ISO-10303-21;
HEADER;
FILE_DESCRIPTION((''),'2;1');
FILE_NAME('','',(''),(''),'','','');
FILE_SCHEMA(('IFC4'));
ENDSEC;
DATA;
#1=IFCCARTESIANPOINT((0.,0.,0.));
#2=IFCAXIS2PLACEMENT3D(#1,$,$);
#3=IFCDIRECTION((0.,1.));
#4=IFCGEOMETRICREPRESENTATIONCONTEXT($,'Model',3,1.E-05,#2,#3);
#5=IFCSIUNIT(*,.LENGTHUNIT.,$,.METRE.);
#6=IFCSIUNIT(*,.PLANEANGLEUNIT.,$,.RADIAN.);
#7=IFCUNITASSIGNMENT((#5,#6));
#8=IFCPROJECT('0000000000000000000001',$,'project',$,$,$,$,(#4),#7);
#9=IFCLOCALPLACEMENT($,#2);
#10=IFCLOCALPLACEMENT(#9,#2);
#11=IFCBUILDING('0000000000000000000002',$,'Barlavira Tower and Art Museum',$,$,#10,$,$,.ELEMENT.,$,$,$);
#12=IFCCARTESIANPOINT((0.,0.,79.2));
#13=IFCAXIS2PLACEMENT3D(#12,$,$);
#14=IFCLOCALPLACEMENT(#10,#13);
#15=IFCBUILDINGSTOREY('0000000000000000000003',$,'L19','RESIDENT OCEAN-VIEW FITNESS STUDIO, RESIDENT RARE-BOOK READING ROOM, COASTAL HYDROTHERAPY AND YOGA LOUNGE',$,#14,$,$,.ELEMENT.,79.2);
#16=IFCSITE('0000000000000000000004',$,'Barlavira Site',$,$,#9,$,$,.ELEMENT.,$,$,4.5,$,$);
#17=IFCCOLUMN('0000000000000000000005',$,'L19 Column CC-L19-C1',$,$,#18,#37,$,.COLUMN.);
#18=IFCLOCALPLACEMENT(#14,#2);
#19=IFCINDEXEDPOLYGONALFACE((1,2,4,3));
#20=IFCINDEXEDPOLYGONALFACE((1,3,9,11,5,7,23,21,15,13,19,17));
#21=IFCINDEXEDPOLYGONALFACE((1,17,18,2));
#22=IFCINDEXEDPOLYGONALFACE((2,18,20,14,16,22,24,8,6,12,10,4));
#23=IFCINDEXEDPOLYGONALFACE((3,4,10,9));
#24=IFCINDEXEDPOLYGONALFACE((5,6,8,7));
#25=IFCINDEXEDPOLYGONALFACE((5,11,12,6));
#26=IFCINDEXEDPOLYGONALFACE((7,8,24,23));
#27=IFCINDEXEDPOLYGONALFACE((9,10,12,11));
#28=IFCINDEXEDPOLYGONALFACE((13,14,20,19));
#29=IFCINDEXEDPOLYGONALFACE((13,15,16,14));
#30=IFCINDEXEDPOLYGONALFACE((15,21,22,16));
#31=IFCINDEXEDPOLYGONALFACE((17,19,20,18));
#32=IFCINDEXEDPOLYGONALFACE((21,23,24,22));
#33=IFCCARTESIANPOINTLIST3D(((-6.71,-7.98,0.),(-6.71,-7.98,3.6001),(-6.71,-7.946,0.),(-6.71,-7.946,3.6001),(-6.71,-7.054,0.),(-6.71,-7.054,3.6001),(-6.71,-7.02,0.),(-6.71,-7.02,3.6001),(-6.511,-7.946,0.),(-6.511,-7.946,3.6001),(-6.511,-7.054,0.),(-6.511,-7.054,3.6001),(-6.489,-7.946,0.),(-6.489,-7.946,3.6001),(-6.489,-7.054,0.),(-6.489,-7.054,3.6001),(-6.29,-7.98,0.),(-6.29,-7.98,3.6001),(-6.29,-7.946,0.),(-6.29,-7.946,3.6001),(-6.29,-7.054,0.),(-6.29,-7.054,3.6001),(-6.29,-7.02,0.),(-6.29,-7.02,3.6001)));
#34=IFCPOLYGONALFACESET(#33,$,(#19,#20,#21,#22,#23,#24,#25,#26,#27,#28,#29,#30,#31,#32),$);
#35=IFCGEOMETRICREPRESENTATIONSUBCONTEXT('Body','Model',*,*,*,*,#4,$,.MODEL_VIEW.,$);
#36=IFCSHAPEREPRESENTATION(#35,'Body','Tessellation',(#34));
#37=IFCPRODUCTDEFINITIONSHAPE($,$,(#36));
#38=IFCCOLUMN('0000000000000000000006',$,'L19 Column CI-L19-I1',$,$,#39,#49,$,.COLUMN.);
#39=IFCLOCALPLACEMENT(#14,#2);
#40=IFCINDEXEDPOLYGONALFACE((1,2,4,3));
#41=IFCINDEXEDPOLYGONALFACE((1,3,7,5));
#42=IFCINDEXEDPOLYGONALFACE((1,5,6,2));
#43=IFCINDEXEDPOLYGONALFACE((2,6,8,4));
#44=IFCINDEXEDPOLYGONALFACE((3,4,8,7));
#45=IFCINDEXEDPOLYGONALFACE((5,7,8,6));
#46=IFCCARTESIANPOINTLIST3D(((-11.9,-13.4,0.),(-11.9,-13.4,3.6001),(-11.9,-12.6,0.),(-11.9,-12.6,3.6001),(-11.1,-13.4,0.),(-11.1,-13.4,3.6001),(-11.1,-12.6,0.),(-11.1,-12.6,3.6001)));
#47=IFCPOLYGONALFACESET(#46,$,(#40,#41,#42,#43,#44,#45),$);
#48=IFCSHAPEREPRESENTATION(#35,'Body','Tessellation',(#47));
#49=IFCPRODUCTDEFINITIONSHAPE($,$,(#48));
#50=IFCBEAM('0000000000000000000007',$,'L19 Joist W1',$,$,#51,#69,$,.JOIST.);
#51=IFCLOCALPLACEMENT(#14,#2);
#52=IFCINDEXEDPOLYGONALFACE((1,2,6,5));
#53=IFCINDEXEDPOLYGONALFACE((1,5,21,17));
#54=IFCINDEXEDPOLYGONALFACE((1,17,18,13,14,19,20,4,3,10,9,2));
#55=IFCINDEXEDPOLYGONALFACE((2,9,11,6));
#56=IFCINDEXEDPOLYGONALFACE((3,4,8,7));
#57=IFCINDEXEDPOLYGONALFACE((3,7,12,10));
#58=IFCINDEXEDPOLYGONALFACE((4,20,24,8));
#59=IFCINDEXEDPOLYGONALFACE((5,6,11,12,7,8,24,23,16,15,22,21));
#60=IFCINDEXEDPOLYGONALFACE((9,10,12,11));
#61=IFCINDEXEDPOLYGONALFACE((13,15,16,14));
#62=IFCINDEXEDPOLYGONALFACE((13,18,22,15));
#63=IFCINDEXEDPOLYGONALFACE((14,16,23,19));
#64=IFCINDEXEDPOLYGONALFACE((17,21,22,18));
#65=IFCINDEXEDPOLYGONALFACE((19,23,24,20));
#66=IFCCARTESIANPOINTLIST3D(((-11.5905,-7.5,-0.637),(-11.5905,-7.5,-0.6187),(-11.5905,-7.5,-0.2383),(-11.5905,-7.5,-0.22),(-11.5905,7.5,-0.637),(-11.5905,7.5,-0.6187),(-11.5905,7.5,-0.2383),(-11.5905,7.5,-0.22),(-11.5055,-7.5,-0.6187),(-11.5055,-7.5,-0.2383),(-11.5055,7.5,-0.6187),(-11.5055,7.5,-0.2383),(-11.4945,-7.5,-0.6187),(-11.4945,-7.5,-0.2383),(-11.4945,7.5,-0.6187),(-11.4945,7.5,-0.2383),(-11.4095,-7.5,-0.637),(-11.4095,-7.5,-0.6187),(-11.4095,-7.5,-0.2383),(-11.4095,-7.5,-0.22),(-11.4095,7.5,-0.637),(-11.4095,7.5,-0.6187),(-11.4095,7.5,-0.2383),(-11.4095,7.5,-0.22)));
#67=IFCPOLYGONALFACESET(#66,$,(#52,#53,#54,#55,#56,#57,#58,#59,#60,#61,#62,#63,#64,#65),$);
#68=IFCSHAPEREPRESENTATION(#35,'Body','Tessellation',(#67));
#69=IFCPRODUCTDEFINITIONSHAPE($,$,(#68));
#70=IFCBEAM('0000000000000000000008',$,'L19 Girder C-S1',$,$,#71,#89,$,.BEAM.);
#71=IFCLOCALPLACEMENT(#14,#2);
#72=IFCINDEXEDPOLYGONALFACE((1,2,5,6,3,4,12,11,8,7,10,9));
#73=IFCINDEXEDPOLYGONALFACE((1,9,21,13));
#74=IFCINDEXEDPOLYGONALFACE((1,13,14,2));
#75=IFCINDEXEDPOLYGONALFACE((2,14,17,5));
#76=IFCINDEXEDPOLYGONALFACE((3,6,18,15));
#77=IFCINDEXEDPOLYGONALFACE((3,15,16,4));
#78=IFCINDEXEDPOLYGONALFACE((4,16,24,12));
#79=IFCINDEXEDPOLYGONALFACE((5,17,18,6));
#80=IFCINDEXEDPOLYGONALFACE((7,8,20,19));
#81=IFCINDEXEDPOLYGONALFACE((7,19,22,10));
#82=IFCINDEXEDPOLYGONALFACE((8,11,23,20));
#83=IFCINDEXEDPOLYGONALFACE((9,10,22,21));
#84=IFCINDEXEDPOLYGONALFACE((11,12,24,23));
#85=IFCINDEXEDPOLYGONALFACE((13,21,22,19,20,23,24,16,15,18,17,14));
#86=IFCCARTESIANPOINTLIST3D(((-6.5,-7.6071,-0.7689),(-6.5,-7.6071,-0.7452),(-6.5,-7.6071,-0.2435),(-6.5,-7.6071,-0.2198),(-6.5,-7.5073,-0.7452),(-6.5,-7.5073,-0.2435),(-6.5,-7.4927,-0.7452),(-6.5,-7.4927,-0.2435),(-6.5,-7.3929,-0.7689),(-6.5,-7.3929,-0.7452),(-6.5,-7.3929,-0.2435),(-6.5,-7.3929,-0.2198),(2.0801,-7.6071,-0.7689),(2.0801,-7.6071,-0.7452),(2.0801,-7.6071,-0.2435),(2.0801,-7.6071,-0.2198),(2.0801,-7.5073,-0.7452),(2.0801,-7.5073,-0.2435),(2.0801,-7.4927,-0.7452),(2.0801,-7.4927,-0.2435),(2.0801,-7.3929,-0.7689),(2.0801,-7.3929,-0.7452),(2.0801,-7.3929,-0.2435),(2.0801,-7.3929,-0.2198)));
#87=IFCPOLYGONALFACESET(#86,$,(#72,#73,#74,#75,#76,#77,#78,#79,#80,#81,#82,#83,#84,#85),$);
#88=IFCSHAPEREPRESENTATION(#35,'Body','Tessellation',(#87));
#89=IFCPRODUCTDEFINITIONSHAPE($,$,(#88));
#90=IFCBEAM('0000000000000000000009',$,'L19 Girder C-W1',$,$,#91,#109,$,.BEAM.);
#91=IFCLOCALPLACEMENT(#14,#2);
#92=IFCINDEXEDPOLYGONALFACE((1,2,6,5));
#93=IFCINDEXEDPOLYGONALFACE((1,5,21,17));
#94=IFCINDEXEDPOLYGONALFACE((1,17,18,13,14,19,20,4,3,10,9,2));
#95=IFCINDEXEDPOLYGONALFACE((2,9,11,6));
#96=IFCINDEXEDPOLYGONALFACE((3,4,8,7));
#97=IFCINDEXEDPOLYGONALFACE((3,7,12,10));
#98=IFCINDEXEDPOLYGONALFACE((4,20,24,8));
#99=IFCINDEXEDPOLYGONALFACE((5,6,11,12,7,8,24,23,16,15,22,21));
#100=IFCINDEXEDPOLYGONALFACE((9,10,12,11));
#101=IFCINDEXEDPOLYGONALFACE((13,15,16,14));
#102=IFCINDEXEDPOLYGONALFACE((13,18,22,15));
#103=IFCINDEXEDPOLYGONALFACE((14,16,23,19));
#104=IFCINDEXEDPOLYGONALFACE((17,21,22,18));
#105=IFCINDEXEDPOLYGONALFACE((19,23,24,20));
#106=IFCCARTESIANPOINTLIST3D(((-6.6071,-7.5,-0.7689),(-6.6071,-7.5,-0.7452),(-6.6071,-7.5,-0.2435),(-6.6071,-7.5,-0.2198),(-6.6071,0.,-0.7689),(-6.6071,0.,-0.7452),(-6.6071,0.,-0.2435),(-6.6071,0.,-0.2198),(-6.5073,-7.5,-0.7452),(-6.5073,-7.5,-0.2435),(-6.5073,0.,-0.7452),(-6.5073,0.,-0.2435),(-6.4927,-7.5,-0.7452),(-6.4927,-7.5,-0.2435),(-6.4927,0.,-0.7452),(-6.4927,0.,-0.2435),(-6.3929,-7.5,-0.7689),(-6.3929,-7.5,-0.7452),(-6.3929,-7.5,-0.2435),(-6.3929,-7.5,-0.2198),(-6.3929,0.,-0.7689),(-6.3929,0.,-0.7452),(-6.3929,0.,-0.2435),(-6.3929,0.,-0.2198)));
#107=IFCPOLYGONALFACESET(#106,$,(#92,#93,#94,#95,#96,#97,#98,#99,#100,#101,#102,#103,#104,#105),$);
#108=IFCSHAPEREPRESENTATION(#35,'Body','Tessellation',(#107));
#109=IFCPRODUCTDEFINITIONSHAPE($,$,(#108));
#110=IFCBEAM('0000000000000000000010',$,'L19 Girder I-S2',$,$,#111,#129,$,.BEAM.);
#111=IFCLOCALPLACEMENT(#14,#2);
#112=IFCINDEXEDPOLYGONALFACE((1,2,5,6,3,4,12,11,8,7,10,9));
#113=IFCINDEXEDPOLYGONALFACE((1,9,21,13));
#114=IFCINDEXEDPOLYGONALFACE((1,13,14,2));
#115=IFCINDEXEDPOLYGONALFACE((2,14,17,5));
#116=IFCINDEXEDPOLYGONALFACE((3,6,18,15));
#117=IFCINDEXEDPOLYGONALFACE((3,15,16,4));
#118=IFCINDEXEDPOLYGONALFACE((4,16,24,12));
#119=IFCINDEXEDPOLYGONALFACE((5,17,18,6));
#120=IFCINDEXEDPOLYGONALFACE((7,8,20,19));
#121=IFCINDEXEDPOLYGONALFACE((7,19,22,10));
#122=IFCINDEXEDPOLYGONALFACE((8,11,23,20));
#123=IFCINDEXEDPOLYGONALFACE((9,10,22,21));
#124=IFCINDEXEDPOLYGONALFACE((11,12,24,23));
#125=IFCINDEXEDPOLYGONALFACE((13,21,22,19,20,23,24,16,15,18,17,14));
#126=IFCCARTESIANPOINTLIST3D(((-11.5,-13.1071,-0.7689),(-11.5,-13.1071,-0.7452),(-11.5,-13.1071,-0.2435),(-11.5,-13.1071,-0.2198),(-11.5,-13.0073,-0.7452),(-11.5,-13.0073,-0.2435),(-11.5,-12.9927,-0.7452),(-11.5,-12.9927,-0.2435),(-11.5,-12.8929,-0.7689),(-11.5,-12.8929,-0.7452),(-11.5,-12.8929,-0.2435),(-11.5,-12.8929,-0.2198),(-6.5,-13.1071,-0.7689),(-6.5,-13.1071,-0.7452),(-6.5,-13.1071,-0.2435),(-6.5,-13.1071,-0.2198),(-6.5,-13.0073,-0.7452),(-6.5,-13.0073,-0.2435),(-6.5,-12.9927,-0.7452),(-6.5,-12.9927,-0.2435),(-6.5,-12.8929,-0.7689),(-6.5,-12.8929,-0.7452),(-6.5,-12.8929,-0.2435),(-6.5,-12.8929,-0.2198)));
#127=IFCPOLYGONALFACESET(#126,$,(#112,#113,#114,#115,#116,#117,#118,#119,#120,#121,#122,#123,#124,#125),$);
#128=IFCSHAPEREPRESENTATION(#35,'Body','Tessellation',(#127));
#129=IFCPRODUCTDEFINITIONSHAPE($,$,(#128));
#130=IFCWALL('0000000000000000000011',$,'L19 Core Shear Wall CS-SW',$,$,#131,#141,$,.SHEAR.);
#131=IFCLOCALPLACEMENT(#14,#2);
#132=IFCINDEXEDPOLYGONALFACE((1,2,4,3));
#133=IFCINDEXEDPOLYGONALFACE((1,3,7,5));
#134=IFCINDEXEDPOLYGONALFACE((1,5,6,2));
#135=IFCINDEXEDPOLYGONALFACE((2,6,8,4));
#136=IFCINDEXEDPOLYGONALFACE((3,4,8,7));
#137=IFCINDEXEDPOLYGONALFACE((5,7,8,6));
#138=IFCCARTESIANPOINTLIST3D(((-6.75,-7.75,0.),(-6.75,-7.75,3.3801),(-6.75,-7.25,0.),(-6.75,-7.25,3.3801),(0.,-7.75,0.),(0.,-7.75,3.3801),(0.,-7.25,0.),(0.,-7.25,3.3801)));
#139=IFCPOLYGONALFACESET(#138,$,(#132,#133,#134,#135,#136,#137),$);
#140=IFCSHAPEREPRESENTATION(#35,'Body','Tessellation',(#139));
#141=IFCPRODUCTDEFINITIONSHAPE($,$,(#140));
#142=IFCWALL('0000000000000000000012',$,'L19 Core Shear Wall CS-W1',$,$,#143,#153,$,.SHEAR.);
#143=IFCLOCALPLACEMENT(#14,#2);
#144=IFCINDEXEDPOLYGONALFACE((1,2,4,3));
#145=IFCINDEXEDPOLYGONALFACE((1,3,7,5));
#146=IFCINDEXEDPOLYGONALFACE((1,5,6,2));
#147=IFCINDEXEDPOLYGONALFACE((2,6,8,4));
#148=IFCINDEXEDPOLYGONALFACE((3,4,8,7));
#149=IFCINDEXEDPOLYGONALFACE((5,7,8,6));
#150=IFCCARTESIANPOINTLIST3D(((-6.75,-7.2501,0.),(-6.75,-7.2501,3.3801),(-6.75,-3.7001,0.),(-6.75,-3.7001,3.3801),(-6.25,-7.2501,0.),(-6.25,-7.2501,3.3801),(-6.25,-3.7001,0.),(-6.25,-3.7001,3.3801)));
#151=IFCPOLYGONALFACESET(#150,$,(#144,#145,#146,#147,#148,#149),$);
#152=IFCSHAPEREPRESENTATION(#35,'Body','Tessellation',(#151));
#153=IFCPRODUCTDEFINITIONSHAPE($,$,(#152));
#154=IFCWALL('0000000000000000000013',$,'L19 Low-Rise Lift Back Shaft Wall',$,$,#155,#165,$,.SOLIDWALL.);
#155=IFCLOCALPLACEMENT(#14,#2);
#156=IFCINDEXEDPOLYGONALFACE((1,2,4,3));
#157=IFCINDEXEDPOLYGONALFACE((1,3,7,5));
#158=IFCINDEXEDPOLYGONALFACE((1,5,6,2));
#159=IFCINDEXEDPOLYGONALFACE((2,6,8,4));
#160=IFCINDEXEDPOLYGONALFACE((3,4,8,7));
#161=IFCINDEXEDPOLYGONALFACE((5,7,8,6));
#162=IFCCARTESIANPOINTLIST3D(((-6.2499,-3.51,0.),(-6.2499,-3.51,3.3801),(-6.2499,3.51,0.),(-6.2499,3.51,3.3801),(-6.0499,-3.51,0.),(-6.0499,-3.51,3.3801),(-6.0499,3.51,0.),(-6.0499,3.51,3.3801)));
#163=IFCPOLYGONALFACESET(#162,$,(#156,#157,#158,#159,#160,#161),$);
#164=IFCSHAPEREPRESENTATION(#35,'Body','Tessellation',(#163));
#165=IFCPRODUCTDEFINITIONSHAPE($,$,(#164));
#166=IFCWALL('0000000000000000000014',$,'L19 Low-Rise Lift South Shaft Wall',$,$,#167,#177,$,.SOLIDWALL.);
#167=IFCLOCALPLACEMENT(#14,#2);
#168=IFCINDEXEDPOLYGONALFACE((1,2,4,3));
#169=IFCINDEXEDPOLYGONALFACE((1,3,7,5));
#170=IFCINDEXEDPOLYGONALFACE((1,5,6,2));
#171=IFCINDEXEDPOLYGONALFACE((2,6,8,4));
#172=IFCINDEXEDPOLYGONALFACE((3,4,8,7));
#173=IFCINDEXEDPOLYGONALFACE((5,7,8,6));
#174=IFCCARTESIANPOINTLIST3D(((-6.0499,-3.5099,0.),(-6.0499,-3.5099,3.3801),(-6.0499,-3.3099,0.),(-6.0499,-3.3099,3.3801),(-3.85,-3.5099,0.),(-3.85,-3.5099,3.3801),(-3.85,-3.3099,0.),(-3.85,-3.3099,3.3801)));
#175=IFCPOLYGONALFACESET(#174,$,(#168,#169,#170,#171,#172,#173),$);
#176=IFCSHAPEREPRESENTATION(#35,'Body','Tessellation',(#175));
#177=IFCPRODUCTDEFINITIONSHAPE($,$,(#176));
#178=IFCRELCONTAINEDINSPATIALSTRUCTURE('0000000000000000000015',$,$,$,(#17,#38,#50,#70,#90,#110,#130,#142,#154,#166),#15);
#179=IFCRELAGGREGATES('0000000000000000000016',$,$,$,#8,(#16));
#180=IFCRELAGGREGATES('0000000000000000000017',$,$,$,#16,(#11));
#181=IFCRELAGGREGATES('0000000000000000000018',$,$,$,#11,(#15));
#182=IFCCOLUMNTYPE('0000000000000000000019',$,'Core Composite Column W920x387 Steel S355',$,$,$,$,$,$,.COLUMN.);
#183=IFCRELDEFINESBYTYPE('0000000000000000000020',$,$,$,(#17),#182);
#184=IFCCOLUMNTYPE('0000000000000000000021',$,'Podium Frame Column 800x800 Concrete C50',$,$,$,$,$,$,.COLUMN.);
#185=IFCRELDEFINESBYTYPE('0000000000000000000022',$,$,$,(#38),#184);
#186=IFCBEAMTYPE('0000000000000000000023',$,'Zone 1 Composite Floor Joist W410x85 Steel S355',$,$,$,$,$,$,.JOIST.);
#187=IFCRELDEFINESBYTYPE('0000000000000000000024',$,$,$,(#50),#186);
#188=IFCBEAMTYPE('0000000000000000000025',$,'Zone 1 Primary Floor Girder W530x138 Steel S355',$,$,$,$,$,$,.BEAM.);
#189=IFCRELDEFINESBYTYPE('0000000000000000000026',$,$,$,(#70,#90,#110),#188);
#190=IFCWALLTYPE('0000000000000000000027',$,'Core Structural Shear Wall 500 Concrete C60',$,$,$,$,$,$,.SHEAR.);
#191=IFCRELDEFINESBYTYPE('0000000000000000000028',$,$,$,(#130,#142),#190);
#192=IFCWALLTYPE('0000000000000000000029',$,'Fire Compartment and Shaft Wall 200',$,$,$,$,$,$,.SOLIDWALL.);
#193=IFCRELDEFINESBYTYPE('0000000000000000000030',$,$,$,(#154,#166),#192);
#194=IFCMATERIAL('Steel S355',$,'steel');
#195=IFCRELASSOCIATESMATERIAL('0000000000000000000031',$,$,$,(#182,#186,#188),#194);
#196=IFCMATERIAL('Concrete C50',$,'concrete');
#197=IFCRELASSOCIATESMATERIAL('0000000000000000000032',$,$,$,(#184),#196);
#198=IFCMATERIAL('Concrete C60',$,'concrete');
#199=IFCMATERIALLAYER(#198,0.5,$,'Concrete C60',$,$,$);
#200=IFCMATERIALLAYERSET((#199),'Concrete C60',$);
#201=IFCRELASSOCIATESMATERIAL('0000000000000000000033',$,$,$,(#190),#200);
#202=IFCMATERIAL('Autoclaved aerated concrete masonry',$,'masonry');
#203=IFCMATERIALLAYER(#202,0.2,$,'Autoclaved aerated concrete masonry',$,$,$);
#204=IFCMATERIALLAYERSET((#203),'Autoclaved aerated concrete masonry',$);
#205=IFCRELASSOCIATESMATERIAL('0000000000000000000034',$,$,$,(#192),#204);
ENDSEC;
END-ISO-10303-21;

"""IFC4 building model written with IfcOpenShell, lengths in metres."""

from ifc_helpers import new_model, si_unit, direction, frame, frame_2d, origin, origin_2d, place, context, subcontext, project, spatial, rectangle, i_section, extrude, material, layer, layer_set, material_profile, profile_set, type_object, element, save


model = new_model("IFC4")

# Units and contexts
model_context = context("Model", 3, precision=1e-05, world=origin(), true_north=direction((0.0, 1.0)))
body_context = subcontext(model_context, "Body", "Model", "MODEL_VIEW")
ifc_project = project(units=[si_unit("LENGTHUNIT", "METRE"), si_unit("PLANEANGLEUNIT", "RADIAN")], contexts=[model_context])

# Site, building, storey
site_placement = place(None, origin())
site = spatial("IfcSite", under=ifc_project, at=site_placement, Name="Barlavira Site", CompositionType="ELEMENT", RefElevation=4.5)
building_placement = place(site_placement, origin())
building = spatial("IfcBuilding", under=site, at=building_placement, Name="Barlavira Tower and Art Museum", CompositionType="ELEMENT")
storey_placement = place(building_placement, frame((0.0, 0.0, 79.2)))
storey = spatial("IfcBuildingStorey", under=building, at=storey_placement, Name="L19", Description="RESIDENT OCEAN-VIEW FITNESS STUDIO, RESIDENT RARE-BOOK READING ROOM, COASTAL HYDROTHERAPY AND YOGA LOUNGE", CompositionType="ELEMENT", Elevation=79.2)

# Columns
ifc_material_1 = material(Name="Steel S355", Category="steel")
ifc_material_profile_1 = material_profile(ifc_material_1, i_section(OverallWidth=0.4199, OverallDepth=0.96, WebThickness=0.022, FlangeThickness=0.0339, at=origin_2d()), Name="W920x387.0")
ifc_profile_set_1 = profile_set([ifc_material_profile_1], Name="Steel S355")
column_type_1 = type_object("IfcColumnType", Name="Core Composite Column W920x387 Steel S355", PredefinedType="COLUMN", material=ifc_profile_set_1)
column_1_placement = place(storey_placement, frame((-6.5, -7.5, 0.0), z_axis=(0.0, 0.0, 1.0), x_axis=(1.0, 0.0, 0.0)))
element("IfcColumn", 1, at=column_1_placement, inside=storey, type_object=column_type_1, Name="L19 Column CC-L19-C1", PredefinedType="COLUMN", context=body_context, shape_type="SweptSolid", body=[
    extrude(i_section(OverallWidth=0.4199, OverallDepth=0.96, WebThickness=0.022, FlangeThickness=0.0339, at=origin_2d()), origin(), (0.0, 0.0, 1.0), 3.6001),
])
ifc_material_2 = material(Name="Concrete C50", Category="concrete")
ifc_material_profile_2 = material_profile(ifc_material_2, rectangle(XDim=0.8, YDim=0.8, at=origin_2d()), Name="RC-COL 800x800")
ifc_profile_set_2 = profile_set([ifc_material_profile_2], Name="Concrete C50")
column_type_2 = type_object("IfcColumnType", Name="Podium Frame Column 800x800 Concrete C50", PredefinedType="COLUMN", material=ifc_profile_set_2)
column_2_placement = place(storey_placement, frame((-11.5, -13.0, 0.0), z_axis=(0.0, 0.0, 1.0), x_axis=(1.0, 0.0, 0.0)))
element("IfcColumn", 2, at=column_2_placement, inside=storey, type_object=column_type_2, Name="L19 Column CI-L19-I1", PredefinedType="COLUMN", context=body_context, shape_type="SweptSolid", body=[
    extrude(rectangle(XDim=0.8, YDim=0.8, at=origin_2d()), origin(), (0.0, 0.0, 1.0), 3.6001),
])

# Beams
ifc_material_profile_3 = material_profile(ifc_material_1, i_section(OverallWidth=0.1809, OverallDepth=0.417, WebThickness=0.011, FlangeThickness=0.0183, at=origin_2d()), Name="W410x85.0")
ifc_profile_set_3 = profile_set([ifc_material_profile_3], Name="Steel S355")
beam_type_1 = type_object("IfcBeamType", Name="Zone 1 Composite Floor Joist W410x85 Steel S355", PredefinedType="JOIST", material=ifc_profile_set_3)
beam_1_placement = place(storey_placement, frame((-11.5, -7.5, -0.4285), z_axis=(0.0, 1.0, 0.0), x_axis=(-1.0, 0.0, 0.0)))
element("IfcBeam", 3, at=beam_1_placement, inside=storey, type_object=beam_type_1, Name="L19 Joist W1", PredefinedType="JOIST", context=body_context, shape_type="SweptSolid", body=[
    extrude(i_section(OverallWidth=0.1809, OverallDepth=0.417, WebThickness=0.011, FlangeThickness=0.0183, at=origin_2d()), origin(), (0.0, 0.0, 1.0), 15.0),
])
ifc_material_profile_4 = material_profile(ifc_material_1, i_section(OverallWidth=0.2141, OverallDepth=0.5491, WebThickness=0.0146, FlangeThickness=0.0237, at=origin_2d()), Name="W530x138.0")
ifc_profile_set_4 = profile_set([ifc_material_profile_4], Name="Steel S355")
beam_type_2 = type_object("IfcBeamType", Name="Zone 1 Primary Floor Girder W530x138 Steel S355", PredefinedType="BEAM", material=ifc_profile_set_4)
beam_2_placement = place(storey_placement, frame((-6.5, -7.5, -0.4944), z_axis=(1.0, 0.0, 0.0), x_axis=(0.0, 1.0, 0.0)))
element("IfcBeam", 4, at=beam_2_placement, inside=storey, type_object=beam_type_2, Name="L19 Girder C-S1", PredefinedType="BEAM", context=body_context, shape_type="SweptSolid", body=[
    extrude(i_section(OverallWidth=0.2141, OverallDepth=0.5491, WebThickness=0.0146, FlangeThickness=0.0237, at=origin_2d()), origin(), (0.0, 0.0, 1.0), 8.5801),
])
beam_3_placement = place(storey_placement, frame((-6.5, -7.5, -0.4944), z_axis=(0.0, 1.0, 0.0), x_axis=(-1.0, 0.0, 0.0)))
element("IfcBeam", 5, at=beam_3_placement, inside=storey, type_object=beam_type_2, Name="L19 Girder C-W1", PredefinedType="BEAM", context=body_context, shape_type="SweptSolid", body=[
    extrude(i_section(OverallWidth=0.2141, OverallDepth=0.5491, WebThickness=0.0146, FlangeThickness=0.0237, at=origin_2d()), origin(), (0.0, 0.0, 1.0), 7.5),
])
beam_4_placement = place(storey_placement, frame((-11.5, -13.0, -0.4944), z_axis=(1.0, 0.0, 0.0), x_axis=(0.0, 1.0, 0.0)))
element("IfcBeam", 6, at=beam_4_placement, inside=storey, type_object=beam_type_2, Name="L19 Girder I-S2", PredefinedType="BEAM", context=body_context, shape_type="SweptSolid", body=[
    extrude(i_section(OverallWidth=0.2141, OverallDepth=0.5491, WebThickness=0.0146, FlangeThickness=0.0237, at=origin_2d()), origin(), (0.0, 0.0, 1.0), 5.0),
])

# Walls
ifc_material_3 = material(Name="Concrete C60", Category="concrete")
ifc_layer_1 = layer(ifc_material_3, 0.5, Name="Concrete C60")
ifc_layer_set_1 = layer_set([ifc_layer_1], Name="Concrete C60")
wall_type_1 = type_object("IfcWallType", Name="Core Structural Shear Wall 500 Concrete C60", PredefinedType="SHEAR", material=ifc_layer_set_1)
wall_1_placement = place(storey_placement, frame((-6.75, -7.5, 0.0), z_axis=(0.0, 0.0, 1.0), x_axis=(1.0, 0.0, 0.0)))
element("IfcWall", 7, at=wall_1_placement, inside=storey, type_object=wall_type_1, Name="L19 Core Shear Wall CS-SW", PredefinedType="SHEAR", context=body_context, shape_type="SweptSolid", body=[
    extrude(rectangle(XDim=6.75, YDim=0.5, at=frame_2d((3.375, 0.0))), origin(), (0.0, 0.0, 1.0), 3.3801),
])
wall_2_placement = place(storey_placement, frame((-6.5, -7.25, 0.0), z_axis=(0.0, 0.0, 1.0), x_axis=(0.0, 1.0, 0.0)))
element("IfcWall", 8, at=wall_2_placement, inside=storey, type_object=wall_type_1, Name="L19 Core Shear Wall CS-W1", PredefinedType="SHEAR", context=body_context, shape_type="SweptSolid", body=[
    extrude(rectangle(XDim=3.55, YDim=0.5, at=frame_2d((1.7749, 0.0))), origin(), (0.0, 0.0, 1.0), 3.3801),
])

# Shared definitions
ifc_material_4 = material(Name="Autoclaved aerated concrete masonry", Category="masonry")
ifc_layer_2 = layer(ifc_material_4, 0.2, Name="Autoclaved aerated concrete masonry")
ifc_layer_set_2 = layer_set([ifc_layer_2], Name="Autoclaved aerated concrete masonry")
wall_type_2 = type_object("IfcWallType", Name="Fire Compartment and Shaft Wall 200", PredefinedType="SOLIDWALL", material=ifc_layer_set_2)

# Walls
wall_3_placement = place(storey_placement, frame((-6.1499, -3.51, 0.0), z_axis=(0.0, 0.0, 1.0), x_axis=(0.0, 1.0, 0.0)))
element("IfcWall", 9, at=wall_3_placement, inside=storey, type_object=wall_type_2, Name="L19 Low-Rise Lift Back Shaft Wall", PredefinedType="SOLIDWALL", context=body_context, shape_type="SweptSolid", body=[
    extrude(rectangle(XDim=7.02, YDim=0.2, at=frame_2d((3.51, 0.0))), origin(), (0.0, 0.0, 1.0), 3.3801),
])
wall_4_placement = place(storey_placement, frame((-6.05, -3.4099, 0.0), z_axis=(0.0, 0.0, 1.0), x_axis=(1.0, 0.0, 0.0)))
element("IfcWall", 10, at=wall_4_placement, inside=storey, type_object=wall_type_2, Name="L19 Low-Rise Lift South Shaft Wall", PredefinedType="SOLIDWALL", context=body_context, shape_type="SweptSolid", body=[
    extrude(rectangle(XDim=2.2, YDim=0.2, at=frame_2d((1.1001, 0.0))), origin(), (0.0, 0.0, 1.0), 3.3801),
])

save(model, "model.ifc")
